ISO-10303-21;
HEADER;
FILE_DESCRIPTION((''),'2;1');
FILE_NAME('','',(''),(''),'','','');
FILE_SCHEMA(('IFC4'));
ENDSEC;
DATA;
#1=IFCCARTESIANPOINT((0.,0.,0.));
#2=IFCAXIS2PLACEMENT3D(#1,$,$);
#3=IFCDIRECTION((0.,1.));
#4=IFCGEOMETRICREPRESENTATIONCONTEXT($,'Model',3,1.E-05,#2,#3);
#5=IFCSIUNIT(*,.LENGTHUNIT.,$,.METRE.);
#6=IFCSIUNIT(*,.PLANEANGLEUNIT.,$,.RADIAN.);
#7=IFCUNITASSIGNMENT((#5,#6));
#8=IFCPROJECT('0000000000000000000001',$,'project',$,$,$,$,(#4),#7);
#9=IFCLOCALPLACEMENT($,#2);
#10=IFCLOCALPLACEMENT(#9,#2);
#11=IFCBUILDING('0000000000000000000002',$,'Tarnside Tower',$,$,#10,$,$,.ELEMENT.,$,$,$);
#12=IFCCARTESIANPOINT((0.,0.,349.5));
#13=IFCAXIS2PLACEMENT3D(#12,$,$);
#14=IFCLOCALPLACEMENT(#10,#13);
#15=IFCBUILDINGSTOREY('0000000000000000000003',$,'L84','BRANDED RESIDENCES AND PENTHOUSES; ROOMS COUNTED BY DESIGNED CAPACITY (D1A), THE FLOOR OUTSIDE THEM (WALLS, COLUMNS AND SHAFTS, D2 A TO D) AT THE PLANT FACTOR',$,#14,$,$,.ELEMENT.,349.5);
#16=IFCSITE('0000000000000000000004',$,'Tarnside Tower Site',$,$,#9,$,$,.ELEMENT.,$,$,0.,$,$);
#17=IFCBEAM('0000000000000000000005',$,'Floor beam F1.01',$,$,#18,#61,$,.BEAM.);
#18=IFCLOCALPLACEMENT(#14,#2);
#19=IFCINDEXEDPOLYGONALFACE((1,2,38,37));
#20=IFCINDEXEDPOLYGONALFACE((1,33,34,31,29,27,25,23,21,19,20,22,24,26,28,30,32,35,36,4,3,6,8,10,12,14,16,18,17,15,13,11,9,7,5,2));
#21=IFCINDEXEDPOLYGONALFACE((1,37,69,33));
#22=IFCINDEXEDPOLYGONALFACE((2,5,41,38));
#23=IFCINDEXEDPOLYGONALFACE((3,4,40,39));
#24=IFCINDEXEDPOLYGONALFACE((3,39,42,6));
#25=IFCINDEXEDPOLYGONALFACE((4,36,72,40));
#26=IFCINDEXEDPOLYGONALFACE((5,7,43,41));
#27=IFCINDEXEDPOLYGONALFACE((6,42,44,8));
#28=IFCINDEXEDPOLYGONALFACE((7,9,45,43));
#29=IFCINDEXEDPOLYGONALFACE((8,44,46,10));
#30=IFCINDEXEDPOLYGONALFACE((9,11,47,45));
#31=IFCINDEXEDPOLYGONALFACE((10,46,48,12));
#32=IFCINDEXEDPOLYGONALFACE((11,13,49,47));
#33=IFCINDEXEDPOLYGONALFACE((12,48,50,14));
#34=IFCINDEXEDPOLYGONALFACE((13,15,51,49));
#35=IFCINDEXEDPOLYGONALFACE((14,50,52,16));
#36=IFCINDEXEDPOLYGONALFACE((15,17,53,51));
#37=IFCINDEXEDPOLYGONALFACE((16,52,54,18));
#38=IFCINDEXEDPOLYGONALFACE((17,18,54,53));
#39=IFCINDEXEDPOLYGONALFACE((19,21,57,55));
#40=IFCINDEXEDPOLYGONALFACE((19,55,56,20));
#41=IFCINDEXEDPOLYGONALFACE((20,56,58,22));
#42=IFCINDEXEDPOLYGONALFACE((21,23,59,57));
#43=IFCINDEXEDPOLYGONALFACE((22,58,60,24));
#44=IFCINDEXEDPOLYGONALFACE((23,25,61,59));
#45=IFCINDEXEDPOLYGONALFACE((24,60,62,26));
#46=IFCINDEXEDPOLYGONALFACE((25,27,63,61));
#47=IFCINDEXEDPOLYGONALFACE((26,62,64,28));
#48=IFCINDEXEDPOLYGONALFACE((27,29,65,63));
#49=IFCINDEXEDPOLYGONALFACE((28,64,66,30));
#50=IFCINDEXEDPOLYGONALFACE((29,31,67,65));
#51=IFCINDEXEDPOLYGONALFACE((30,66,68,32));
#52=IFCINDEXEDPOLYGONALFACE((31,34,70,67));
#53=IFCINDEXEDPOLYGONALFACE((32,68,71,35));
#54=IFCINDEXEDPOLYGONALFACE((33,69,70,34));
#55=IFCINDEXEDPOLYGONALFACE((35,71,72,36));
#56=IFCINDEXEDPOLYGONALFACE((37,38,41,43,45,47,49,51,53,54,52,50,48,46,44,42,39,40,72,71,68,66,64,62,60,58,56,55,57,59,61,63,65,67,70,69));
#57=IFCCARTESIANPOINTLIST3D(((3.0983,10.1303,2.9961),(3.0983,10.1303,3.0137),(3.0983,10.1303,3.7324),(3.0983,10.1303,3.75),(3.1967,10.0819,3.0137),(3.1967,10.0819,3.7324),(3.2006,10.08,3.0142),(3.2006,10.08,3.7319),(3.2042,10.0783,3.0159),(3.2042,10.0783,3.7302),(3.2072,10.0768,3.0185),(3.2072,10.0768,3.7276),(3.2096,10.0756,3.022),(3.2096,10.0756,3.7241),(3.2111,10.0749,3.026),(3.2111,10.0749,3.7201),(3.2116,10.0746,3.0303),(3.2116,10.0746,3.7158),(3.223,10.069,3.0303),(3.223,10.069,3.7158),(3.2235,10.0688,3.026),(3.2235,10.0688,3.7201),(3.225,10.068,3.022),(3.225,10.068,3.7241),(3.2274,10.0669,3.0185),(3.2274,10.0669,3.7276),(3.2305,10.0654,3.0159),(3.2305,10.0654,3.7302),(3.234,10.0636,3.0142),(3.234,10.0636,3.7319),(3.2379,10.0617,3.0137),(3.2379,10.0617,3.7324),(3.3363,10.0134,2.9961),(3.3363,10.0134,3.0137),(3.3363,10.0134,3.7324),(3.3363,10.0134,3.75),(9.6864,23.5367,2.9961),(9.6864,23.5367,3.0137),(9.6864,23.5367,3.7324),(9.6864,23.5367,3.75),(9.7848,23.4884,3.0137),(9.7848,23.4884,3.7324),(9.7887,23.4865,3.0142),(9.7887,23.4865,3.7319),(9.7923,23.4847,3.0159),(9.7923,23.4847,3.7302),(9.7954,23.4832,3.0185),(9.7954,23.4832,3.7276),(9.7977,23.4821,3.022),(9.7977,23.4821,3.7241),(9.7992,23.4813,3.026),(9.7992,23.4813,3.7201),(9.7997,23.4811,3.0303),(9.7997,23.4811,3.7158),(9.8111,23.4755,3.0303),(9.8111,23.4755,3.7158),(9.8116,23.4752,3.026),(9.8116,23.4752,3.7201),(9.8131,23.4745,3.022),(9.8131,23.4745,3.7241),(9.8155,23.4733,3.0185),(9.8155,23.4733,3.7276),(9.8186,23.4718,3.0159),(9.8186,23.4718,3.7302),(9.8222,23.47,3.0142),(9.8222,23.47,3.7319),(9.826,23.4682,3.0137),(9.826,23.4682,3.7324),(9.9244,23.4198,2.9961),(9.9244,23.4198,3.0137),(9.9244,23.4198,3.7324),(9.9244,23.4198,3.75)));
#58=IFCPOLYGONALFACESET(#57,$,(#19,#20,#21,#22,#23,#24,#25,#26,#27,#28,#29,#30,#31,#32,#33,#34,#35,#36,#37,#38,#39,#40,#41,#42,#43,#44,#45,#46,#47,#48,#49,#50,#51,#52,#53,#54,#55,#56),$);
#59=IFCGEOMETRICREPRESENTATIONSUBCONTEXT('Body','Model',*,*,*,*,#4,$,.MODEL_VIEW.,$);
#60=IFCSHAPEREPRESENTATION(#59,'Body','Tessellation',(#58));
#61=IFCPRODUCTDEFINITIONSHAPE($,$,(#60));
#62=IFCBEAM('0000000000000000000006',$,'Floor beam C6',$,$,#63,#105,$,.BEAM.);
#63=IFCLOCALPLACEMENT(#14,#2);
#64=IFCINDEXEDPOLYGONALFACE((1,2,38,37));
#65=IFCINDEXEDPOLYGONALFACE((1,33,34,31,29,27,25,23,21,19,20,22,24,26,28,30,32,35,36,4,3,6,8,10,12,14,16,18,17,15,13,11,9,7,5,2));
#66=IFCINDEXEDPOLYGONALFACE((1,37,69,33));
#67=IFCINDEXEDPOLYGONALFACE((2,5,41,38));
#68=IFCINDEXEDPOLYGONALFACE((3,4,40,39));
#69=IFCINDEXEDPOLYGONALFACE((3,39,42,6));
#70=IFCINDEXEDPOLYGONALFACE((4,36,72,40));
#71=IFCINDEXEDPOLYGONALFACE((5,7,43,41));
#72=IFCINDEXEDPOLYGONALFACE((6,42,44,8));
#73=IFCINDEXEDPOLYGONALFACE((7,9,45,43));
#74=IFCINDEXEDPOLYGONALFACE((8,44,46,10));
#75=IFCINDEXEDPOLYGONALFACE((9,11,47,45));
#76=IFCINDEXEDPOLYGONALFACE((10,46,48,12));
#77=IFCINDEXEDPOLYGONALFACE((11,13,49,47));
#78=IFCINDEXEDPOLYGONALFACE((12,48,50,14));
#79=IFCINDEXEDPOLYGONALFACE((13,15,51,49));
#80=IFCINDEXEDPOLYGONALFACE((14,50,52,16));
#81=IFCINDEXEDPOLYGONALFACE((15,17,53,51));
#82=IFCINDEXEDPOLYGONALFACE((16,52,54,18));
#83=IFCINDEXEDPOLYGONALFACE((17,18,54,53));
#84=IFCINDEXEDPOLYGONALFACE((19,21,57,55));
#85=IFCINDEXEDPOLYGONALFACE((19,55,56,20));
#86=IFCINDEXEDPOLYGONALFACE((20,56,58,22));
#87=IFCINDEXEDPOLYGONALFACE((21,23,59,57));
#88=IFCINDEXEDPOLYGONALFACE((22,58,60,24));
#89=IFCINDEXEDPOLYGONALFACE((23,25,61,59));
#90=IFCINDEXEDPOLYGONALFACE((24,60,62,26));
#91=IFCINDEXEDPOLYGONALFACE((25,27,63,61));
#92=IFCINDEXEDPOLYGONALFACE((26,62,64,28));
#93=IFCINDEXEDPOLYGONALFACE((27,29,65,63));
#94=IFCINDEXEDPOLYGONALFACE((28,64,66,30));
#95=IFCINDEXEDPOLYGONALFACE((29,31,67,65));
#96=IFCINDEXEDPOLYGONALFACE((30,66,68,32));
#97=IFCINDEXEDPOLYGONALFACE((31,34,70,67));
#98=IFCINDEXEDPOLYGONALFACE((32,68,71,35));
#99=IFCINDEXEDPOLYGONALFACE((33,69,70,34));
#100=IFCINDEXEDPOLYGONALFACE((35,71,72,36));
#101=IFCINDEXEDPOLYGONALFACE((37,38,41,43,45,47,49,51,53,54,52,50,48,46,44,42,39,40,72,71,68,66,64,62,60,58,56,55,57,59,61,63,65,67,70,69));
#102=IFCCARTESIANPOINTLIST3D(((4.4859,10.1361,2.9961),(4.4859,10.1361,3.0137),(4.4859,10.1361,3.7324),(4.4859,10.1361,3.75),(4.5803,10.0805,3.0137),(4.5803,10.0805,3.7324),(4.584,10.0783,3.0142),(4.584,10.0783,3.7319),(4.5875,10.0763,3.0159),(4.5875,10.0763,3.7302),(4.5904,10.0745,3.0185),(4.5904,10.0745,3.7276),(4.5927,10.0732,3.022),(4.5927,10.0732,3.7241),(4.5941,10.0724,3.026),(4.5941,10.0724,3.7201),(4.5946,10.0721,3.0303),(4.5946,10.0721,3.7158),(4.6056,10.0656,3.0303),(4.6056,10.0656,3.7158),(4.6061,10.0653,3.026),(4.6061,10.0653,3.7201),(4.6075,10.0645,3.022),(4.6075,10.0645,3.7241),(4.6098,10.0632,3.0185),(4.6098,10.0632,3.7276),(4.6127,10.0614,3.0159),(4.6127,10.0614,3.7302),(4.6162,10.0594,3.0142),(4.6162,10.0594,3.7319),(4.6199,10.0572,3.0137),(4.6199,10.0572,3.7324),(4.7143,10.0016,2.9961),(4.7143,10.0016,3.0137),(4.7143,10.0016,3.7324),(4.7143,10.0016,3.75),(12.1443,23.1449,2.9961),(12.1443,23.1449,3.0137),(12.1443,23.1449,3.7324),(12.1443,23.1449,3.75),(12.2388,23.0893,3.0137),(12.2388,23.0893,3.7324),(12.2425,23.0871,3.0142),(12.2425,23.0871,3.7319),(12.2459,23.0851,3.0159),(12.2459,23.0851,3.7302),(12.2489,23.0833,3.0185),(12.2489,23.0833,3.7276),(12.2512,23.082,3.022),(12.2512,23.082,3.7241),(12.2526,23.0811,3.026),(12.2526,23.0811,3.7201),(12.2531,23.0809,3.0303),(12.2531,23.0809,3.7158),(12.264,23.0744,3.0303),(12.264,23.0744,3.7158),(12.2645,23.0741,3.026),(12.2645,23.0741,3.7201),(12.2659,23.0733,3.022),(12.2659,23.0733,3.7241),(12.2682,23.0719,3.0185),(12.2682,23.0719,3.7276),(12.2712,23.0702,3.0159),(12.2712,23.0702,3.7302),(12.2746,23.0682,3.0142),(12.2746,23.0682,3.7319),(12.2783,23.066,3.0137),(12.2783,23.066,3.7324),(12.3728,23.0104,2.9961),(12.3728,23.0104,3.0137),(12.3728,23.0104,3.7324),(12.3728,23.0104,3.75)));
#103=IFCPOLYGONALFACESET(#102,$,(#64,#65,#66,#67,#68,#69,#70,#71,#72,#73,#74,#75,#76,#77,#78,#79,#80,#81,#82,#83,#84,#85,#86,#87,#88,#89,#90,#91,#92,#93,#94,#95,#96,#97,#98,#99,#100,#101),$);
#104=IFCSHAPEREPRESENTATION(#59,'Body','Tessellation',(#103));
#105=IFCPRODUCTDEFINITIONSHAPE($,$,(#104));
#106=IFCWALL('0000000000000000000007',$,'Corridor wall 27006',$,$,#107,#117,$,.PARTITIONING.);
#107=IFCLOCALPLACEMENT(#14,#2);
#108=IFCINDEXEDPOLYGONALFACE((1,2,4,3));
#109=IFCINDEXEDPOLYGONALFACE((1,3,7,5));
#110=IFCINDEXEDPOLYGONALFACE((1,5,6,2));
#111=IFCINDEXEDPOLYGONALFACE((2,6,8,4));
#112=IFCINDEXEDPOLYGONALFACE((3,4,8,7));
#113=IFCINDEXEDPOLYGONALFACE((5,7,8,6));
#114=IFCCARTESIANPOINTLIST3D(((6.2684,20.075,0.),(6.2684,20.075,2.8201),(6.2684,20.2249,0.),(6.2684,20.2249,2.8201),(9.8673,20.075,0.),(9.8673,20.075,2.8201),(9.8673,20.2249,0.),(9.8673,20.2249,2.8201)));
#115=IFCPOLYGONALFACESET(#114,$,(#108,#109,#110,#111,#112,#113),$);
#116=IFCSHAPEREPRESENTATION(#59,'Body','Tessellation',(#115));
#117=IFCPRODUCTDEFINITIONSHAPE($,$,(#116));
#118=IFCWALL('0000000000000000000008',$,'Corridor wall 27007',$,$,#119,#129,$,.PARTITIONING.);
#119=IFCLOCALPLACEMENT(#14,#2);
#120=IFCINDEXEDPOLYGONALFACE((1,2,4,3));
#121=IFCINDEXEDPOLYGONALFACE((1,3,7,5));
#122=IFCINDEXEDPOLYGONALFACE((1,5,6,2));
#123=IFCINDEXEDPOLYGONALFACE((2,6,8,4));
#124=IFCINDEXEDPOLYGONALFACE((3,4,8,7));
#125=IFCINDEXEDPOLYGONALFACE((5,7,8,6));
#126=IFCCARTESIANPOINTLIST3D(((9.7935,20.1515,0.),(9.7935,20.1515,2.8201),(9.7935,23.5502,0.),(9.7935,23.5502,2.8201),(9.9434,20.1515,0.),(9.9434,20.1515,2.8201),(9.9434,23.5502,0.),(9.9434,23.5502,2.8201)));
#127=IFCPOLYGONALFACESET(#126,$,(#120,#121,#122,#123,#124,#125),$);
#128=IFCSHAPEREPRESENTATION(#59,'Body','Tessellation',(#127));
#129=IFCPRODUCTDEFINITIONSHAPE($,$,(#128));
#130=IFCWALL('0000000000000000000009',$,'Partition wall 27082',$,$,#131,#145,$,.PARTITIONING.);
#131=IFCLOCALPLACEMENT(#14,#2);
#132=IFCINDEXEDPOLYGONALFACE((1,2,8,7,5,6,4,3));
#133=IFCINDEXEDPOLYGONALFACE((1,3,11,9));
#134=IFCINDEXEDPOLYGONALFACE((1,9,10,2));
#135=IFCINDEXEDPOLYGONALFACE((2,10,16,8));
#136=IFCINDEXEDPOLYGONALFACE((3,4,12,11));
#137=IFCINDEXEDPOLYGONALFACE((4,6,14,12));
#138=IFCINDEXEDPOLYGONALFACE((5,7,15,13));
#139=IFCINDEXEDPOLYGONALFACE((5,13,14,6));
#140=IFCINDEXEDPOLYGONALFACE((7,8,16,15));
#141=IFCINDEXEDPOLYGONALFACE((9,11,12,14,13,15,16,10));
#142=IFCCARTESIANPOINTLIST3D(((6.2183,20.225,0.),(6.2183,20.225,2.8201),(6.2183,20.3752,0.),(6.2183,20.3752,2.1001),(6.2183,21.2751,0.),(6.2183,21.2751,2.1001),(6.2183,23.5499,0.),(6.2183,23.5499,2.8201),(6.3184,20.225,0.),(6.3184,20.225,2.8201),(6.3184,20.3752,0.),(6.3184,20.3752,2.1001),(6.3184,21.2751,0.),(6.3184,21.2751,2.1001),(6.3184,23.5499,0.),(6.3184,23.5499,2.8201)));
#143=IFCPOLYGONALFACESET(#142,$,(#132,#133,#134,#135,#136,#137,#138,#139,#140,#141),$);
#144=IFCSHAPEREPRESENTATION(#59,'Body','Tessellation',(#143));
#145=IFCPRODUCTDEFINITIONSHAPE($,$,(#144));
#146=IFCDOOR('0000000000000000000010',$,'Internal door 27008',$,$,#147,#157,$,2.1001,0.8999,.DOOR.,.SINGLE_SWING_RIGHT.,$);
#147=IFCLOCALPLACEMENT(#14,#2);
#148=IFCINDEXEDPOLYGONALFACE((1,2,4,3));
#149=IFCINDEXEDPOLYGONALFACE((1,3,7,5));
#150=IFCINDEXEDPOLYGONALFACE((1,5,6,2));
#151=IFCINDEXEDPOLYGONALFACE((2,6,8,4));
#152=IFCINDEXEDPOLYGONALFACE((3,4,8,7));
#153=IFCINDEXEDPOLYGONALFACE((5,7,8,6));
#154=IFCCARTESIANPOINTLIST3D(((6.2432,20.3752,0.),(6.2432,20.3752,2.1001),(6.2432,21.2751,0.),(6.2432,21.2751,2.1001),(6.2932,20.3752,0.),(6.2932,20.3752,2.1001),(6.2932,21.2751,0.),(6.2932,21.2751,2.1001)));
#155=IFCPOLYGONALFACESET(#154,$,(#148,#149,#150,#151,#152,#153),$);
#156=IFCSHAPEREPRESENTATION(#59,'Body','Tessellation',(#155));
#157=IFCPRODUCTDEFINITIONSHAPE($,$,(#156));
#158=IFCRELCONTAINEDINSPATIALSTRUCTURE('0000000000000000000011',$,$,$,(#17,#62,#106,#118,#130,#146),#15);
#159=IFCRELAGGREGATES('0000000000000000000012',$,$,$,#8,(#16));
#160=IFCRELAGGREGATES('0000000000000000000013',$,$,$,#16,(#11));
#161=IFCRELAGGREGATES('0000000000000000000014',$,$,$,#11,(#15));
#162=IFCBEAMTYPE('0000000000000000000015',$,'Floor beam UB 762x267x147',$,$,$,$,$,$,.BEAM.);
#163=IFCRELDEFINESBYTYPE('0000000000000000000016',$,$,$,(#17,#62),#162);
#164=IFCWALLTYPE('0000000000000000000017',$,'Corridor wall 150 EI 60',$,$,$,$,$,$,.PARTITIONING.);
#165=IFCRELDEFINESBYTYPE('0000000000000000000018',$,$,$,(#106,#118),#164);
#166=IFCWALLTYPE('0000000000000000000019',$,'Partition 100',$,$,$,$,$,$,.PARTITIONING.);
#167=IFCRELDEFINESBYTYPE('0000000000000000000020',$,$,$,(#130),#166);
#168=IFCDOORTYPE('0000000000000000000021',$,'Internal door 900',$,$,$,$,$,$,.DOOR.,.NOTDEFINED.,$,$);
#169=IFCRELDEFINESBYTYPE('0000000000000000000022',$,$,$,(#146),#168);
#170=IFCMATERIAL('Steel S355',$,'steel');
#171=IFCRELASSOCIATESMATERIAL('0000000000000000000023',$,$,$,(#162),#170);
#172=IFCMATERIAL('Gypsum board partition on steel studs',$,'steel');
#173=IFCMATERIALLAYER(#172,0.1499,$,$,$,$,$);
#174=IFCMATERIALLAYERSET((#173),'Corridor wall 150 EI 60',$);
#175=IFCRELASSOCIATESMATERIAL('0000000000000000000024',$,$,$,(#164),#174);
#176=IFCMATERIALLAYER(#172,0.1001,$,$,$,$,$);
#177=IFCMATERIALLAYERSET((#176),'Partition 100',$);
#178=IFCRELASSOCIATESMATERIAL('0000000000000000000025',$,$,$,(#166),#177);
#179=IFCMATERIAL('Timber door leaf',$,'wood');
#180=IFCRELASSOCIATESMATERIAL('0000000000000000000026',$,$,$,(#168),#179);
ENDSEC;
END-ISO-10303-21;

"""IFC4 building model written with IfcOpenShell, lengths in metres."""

from ifc_helpers import new_model, si_unit, direction, frame, frame_2d, origin, origin_2d, place, context, subcontext, project, spatial, rectangle, i_section, extrude, material, layer, layer_set, material_profile, profile_set, type_object, element, fill, save


model = new_model("IFC4")

# Units and contexts
model_context = context("Model", 3, precision=1e-05, world=origin(), true_north=direction((0.0, 1.0)))
body_context = subcontext(model_context, "Body", "Model", "MODEL_VIEW")
ifc_project = project(units=[si_unit("LENGTHUNIT", "METRE"), si_unit("PLANEANGLEUNIT", "RADIAN")], contexts=[model_context])

# Site, building, storey
site_placement = place(None, origin())
site = spatial("IfcSite", under=ifc_project, at=site_placement, Name="Tarnside Tower Site", CompositionType="ELEMENT", RefElevation=0.0)
building_placement = place(site_placement, origin())
building = spatial("IfcBuilding", under=site, at=building_placement, Name="Tarnside Tower", CompositionType="ELEMENT")
storey_placement = place(building_placement, frame((0.0, 0.0, 349.5)))
storey = spatial("IfcBuildingStorey", under=building, at=storey_placement, Name="L84", Description="BRANDED RESIDENCES AND PENTHOUSES; ROOMS COUNTED BY DESIGNED CAPACITY (D1A), THE FLOOR OUTSIDE THEM (WALLS, COLUMNS AND SHAFTS, D2 A TO D) AT THE PLANT FACTOR", CompositionType="ELEMENT", Elevation=349.5)

# Beams
ifc_material_1 = material(Name="Steel S355", Category="steel")
ifc_material_profile = material_profile(ifc_material_1, i_section(OverallWidth=0.2651, OverallDepth=0.7539, WebThickness=0.0127, FlangeThickness=0.0176, FilletRadius=0.0166, at=origin_2d()), Name="UB 762x267x147")
ifc_profile_set = profile_set([ifc_material_profile], Name="Steel S355")
beam_type = type_object("IfcBeamType", Name="Floor beam UB 762x267x147", PredefinedType="BEAM", material=ifc_profile_set)
beam_1_placement = place(storey_placement, frame((9.8054, 23.4783, 3.373), z_axis=(-0.441038, -0.897488, 0.0), x_axis=(0.897488, -0.441038, 0.0)))
element("IfcBeam", 1, at=beam_1_placement, inside=storey, type_object=beam_type, Name="Floor beam F1.01", PredefinedType="BEAM", context=body_context, shape_type="SweptSolid", body=[
    extrude(i_section(OverallWidth=0.2651, OverallDepth=0.7539, WebThickness=0.0127, FlangeThickness=0.0176, FilletRadius=0.0166, at=origin_2d()), origin(), (0.0, 0.0, 1.0), 14.9377),
])
beam_2_placement = place(storey_placement, frame((12.2585, 23.0776, 3.373), z_axis=(-0.507326, -0.861754, 0.0), x_axis=(0.861754, -0.507326, 0.0)))
element("IfcBeam", 2, at=beam_2_placement, inside=storey, type_object=beam_type, Name="Floor beam C6", PredefinedType="BEAM", context=body_context, shape_type="SweptSolid", body=[
    extrude(i_section(OverallWidth=0.2651, OverallDepth=0.7539, WebThickness=0.0127, FlangeThickness=0.0176, FilletRadius=0.0166, at=origin_2d()), origin(), (0.0, 0.0, 1.0), 15.0957),
])

# Walls
ifc_material_2 = material(Name="Gypsum board partition on steel studs", Category="steel")
ifc_layer_1 = layer(ifc_material_2, 0.1499)
ifc_layer_set_1 = layer_set([ifc_layer_1], Name="Corridor wall 150 EI 60")
wall_type_1 = type_object("IfcWallType", Name="Corridor wall 150 EI 60", PredefinedType="PARTITIONING", material=ifc_layer_set_1)
wall_1_placement = place(storey_placement, frame((9.8672, 20.1499, 0.0), z_axis=(0.0, 0.0, 1.0), x_axis=(-1.0, 0.0, 0.0)))
element("IfcWall", 3, at=wall_1_placement, inside=storey, type_object=wall_type_1, Name="Corridor wall 27006", PredefinedType="PARTITIONING", context=body_context, shape_type="SweptSolid", body=[
    extrude(rectangle(XDim=3.5989, YDim=0.1499, at=frame_2d((1.7993, 0.0))), origin(), (0.0, 0.0, 1.0), 2.8201),
])
wall_2_placement = place(storey_placement, frame((9.8684, 23.55, 0.0), z_axis=(0.0, 0.0, 1.0), x_axis=(0.0, -1.0, 0.0)))
element("IfcWall", 4, at=wall_2_placement, inside=storey, type_object=wall_type_1, Name="Corridor wall 27007", PredefinedType="PARTITIONING", context=body_context, shape_type="SweptSolid", body=[
    extrude(rectangle(XDim=3.3987, YDim=0.1499, at=frame_2d((1.6992, 0.0))), origin(), (0.0, 0.0, 1.0), 2.8201),
])

# Wall, opening, door
ifc_layer_2 = layer(ifc_material_2, 0.1001)
ifc_layer_set_2 = layer_set([ifc_layer_2], Name="Partition 100")
wall_type_2 = type_object("IfcWallType", Name="Partition 100", PredefinedType="PARTITIONING", material=ifc_layer_set_2)
wall_3_placement = place(storey_placement, frame((6.2683, 23.55, 0.0), z_axis=(0.0, 0.0, 1.0), x_axis=(0.0, -1.0, 0.0)))
wall_3 = element("IfcWall", 5, at=wall_3_placement, inside=storey, type_object=wall_type_2, Name="Partition wall 27082", PredefinedType="PARTITIONING", context=body_context, shape_type="SweptSolid", body=[
    extrude(rectangle(XDim=3.325, YDim=0.1001, at=frame_2d((1.6626, 0.0))), origin(), (0.0, 0.0, 1.0), 2.8201),
])
opening_1_placement = place(wall_3_placement, frame((2.2749, 0.0, 0.0)))
opening_1 = element("IfcOpeningElement", 6, at=opening_1_placement, cuts=wall_3, PredefinedType="OPENING", context=body_context, shape_type="SweptSolid", body=[
    extrude(rectangle(XDim=0.8999, YDim=2.1001, at=frame_2d((0.45, 1.05))), frame((0.0, 0.0601, 0.0), z_axis=(0.0, -1.0, 0.0), x_axis=(1.0, 0.0, 0.0)), (0.0, 0.0, 1.0), 0.1201),
])
ifc_material_3 = material(Name="Timber door leaf", Category="wood")
door_type = type_object("IfcDoorType", Name="Internal door 900", OperationType="NOTDEFINED", PredefinedType="DOOR", material=ifc_material_3)
door_placement = place(opening_1_placement, origin())
door = element("IfcDoor", 7, at=door_placement, inside=storey, type_object=door_type, Name="Internal door 27008", OperationType="SINGLE_SWING_RIGHT", OverallHeight=2.1001, OverallWidth=0.8999, PredefinedType="DOOR", context=body_context, shape_type="SweptSolid", body=[
    extrude(rectangle(XDim=0.8999, YDim=2.1001, at=frame_2d((0.45, 1.05))), frame((0.0, 0.0249, 0.0), z_axis=(0.0, -1.0, 0.0), x_axis=(1.0, 0.0, 0.0)), (0.0, 0.0, 1.0), 0.05),
])
fill(opening_1, door)

save(model, "model.ifc")
